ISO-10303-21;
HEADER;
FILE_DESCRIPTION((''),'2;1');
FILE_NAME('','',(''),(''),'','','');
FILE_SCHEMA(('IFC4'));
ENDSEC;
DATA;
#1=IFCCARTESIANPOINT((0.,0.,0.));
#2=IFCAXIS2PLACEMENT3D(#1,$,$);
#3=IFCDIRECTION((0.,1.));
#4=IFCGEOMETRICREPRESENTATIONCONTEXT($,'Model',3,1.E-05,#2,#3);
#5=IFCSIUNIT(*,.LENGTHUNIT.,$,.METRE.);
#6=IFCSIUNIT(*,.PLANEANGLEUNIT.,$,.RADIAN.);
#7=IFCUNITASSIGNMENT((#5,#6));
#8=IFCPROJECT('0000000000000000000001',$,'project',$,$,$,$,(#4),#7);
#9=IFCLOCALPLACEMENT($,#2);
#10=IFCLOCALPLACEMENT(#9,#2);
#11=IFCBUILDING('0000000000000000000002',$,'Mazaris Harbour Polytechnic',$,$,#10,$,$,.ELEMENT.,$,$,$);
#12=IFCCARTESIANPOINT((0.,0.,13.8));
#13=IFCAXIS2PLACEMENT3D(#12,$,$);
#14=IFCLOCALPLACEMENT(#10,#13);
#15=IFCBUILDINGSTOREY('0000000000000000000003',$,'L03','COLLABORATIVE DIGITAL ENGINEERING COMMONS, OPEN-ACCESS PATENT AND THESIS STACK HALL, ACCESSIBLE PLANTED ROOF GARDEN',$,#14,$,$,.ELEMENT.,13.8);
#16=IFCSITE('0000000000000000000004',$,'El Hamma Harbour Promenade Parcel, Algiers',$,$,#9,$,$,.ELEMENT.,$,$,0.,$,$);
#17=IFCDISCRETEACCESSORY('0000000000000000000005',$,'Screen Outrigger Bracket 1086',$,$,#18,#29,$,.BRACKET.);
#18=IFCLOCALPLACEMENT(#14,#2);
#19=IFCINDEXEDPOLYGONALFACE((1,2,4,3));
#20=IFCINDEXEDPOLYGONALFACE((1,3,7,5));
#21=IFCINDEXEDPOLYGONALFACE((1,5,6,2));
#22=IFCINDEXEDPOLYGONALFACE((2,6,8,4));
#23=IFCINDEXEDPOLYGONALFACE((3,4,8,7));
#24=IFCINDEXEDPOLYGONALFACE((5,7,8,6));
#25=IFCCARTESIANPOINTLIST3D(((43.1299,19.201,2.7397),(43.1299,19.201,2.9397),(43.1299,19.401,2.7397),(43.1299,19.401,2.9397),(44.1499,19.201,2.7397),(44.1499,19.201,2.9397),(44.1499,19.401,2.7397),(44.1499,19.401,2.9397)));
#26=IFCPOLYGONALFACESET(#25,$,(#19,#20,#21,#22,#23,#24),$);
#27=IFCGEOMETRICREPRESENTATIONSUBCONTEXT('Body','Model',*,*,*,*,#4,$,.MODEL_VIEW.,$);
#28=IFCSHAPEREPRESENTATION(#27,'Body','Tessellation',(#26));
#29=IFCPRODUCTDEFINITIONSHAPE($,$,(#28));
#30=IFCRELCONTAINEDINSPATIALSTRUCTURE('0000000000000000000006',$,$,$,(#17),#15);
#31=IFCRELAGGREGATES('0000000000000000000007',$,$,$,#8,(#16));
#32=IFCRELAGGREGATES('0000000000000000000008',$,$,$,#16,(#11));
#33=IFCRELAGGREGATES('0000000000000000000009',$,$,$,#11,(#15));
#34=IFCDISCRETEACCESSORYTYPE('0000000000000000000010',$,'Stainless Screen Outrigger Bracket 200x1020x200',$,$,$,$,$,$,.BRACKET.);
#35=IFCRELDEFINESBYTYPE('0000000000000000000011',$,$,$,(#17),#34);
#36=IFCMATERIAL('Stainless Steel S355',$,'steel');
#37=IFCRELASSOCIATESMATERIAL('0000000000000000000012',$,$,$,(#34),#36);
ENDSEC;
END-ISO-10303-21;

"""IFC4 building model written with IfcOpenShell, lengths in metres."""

from ifc_helpers import new_model, si_unit, direction, frame, origin, origin_2d, place, context, subcontext, project, spatial, rectangle, extrude, material, type_object, element, save


model = new_model("IFC4")

# Units and contexts
model_context = context("Model", 3, precision=1e-05, world=origin(), true_north=direction((0.0, 1.0)))
body_context = subcontext(model_context, "Body", "Model", "MODEL_VIEW")
ifc_project = project(units=[si_unit("LENGTHUNIT", "METRE"), si_unit("PLANEANGLEUNIT", "RADIAN")], contexts=[model_context])

# Site, building, storey
site_placement = place(None, origin())
site = spatial("IfcSite", under=ifc_project, at=site_placement, Name="El Hamma Harbour Promenade Parcel, Algiers", CompositionType="ELEMENT", RefElevation=0.0)
building_placement = place(site_placement, origin())
building = spatial("IfcBuilding", under=site, at=building_placement, Name="Mazaris Harbour Polytechnic", CompositionType="ELEMENT")
storey_placement = place(building_placement, frame((0.0, 0.0, 13.8)))
storey = spatial("IfcBuildingStorey", under=building, at=storey_placement, Name="L03", Description="COLLABORATIVE DIGITAL ENGINEERING COMMONS, OPEN-ACCESS PATENT AND THESIS STACK HALL, ACCESSIBLE PLANTED ROOF GARDEN", CompositionType="ELEMENT", Elevation=13.8)

# Discrete accessory
ifc_material_1 = material(Name="Stainless Steel S355", Category="steel")
discrete_accessory_type_1 = type_object("IfcDiscreteAccessoryType", Name="Stainless Screen Outrigger Bracket 200x1020x200", PredefinedType="BRACKET", material=ifc_material_1)
for number, where, z_axis, x_axis, name in (
    (1, (43.6399, 19.301, 2.7397), (0.0, 0.0, 1.0), (0.0, -1.0, 0.0), "Screen Outrigger Bracket 1086"),
):
    element("IfcDiscreteAccessory", number, at=place(storey_placement, frame(where, z_axis=z_axis, x_axis=x_axis)), inside=storey, type_object=discrete_accessory_type_1, Name=name, PredefinedType="BRACKET", context=body_context, shape_type="SweptSolid", body=[
        extrude(rectangle(XDim=0.2, YDim=1.02, at=origin_2d()), origin(), (0.0, 0.0, 1.0), 0.2),
    ])

save(model, "model.ifc")
